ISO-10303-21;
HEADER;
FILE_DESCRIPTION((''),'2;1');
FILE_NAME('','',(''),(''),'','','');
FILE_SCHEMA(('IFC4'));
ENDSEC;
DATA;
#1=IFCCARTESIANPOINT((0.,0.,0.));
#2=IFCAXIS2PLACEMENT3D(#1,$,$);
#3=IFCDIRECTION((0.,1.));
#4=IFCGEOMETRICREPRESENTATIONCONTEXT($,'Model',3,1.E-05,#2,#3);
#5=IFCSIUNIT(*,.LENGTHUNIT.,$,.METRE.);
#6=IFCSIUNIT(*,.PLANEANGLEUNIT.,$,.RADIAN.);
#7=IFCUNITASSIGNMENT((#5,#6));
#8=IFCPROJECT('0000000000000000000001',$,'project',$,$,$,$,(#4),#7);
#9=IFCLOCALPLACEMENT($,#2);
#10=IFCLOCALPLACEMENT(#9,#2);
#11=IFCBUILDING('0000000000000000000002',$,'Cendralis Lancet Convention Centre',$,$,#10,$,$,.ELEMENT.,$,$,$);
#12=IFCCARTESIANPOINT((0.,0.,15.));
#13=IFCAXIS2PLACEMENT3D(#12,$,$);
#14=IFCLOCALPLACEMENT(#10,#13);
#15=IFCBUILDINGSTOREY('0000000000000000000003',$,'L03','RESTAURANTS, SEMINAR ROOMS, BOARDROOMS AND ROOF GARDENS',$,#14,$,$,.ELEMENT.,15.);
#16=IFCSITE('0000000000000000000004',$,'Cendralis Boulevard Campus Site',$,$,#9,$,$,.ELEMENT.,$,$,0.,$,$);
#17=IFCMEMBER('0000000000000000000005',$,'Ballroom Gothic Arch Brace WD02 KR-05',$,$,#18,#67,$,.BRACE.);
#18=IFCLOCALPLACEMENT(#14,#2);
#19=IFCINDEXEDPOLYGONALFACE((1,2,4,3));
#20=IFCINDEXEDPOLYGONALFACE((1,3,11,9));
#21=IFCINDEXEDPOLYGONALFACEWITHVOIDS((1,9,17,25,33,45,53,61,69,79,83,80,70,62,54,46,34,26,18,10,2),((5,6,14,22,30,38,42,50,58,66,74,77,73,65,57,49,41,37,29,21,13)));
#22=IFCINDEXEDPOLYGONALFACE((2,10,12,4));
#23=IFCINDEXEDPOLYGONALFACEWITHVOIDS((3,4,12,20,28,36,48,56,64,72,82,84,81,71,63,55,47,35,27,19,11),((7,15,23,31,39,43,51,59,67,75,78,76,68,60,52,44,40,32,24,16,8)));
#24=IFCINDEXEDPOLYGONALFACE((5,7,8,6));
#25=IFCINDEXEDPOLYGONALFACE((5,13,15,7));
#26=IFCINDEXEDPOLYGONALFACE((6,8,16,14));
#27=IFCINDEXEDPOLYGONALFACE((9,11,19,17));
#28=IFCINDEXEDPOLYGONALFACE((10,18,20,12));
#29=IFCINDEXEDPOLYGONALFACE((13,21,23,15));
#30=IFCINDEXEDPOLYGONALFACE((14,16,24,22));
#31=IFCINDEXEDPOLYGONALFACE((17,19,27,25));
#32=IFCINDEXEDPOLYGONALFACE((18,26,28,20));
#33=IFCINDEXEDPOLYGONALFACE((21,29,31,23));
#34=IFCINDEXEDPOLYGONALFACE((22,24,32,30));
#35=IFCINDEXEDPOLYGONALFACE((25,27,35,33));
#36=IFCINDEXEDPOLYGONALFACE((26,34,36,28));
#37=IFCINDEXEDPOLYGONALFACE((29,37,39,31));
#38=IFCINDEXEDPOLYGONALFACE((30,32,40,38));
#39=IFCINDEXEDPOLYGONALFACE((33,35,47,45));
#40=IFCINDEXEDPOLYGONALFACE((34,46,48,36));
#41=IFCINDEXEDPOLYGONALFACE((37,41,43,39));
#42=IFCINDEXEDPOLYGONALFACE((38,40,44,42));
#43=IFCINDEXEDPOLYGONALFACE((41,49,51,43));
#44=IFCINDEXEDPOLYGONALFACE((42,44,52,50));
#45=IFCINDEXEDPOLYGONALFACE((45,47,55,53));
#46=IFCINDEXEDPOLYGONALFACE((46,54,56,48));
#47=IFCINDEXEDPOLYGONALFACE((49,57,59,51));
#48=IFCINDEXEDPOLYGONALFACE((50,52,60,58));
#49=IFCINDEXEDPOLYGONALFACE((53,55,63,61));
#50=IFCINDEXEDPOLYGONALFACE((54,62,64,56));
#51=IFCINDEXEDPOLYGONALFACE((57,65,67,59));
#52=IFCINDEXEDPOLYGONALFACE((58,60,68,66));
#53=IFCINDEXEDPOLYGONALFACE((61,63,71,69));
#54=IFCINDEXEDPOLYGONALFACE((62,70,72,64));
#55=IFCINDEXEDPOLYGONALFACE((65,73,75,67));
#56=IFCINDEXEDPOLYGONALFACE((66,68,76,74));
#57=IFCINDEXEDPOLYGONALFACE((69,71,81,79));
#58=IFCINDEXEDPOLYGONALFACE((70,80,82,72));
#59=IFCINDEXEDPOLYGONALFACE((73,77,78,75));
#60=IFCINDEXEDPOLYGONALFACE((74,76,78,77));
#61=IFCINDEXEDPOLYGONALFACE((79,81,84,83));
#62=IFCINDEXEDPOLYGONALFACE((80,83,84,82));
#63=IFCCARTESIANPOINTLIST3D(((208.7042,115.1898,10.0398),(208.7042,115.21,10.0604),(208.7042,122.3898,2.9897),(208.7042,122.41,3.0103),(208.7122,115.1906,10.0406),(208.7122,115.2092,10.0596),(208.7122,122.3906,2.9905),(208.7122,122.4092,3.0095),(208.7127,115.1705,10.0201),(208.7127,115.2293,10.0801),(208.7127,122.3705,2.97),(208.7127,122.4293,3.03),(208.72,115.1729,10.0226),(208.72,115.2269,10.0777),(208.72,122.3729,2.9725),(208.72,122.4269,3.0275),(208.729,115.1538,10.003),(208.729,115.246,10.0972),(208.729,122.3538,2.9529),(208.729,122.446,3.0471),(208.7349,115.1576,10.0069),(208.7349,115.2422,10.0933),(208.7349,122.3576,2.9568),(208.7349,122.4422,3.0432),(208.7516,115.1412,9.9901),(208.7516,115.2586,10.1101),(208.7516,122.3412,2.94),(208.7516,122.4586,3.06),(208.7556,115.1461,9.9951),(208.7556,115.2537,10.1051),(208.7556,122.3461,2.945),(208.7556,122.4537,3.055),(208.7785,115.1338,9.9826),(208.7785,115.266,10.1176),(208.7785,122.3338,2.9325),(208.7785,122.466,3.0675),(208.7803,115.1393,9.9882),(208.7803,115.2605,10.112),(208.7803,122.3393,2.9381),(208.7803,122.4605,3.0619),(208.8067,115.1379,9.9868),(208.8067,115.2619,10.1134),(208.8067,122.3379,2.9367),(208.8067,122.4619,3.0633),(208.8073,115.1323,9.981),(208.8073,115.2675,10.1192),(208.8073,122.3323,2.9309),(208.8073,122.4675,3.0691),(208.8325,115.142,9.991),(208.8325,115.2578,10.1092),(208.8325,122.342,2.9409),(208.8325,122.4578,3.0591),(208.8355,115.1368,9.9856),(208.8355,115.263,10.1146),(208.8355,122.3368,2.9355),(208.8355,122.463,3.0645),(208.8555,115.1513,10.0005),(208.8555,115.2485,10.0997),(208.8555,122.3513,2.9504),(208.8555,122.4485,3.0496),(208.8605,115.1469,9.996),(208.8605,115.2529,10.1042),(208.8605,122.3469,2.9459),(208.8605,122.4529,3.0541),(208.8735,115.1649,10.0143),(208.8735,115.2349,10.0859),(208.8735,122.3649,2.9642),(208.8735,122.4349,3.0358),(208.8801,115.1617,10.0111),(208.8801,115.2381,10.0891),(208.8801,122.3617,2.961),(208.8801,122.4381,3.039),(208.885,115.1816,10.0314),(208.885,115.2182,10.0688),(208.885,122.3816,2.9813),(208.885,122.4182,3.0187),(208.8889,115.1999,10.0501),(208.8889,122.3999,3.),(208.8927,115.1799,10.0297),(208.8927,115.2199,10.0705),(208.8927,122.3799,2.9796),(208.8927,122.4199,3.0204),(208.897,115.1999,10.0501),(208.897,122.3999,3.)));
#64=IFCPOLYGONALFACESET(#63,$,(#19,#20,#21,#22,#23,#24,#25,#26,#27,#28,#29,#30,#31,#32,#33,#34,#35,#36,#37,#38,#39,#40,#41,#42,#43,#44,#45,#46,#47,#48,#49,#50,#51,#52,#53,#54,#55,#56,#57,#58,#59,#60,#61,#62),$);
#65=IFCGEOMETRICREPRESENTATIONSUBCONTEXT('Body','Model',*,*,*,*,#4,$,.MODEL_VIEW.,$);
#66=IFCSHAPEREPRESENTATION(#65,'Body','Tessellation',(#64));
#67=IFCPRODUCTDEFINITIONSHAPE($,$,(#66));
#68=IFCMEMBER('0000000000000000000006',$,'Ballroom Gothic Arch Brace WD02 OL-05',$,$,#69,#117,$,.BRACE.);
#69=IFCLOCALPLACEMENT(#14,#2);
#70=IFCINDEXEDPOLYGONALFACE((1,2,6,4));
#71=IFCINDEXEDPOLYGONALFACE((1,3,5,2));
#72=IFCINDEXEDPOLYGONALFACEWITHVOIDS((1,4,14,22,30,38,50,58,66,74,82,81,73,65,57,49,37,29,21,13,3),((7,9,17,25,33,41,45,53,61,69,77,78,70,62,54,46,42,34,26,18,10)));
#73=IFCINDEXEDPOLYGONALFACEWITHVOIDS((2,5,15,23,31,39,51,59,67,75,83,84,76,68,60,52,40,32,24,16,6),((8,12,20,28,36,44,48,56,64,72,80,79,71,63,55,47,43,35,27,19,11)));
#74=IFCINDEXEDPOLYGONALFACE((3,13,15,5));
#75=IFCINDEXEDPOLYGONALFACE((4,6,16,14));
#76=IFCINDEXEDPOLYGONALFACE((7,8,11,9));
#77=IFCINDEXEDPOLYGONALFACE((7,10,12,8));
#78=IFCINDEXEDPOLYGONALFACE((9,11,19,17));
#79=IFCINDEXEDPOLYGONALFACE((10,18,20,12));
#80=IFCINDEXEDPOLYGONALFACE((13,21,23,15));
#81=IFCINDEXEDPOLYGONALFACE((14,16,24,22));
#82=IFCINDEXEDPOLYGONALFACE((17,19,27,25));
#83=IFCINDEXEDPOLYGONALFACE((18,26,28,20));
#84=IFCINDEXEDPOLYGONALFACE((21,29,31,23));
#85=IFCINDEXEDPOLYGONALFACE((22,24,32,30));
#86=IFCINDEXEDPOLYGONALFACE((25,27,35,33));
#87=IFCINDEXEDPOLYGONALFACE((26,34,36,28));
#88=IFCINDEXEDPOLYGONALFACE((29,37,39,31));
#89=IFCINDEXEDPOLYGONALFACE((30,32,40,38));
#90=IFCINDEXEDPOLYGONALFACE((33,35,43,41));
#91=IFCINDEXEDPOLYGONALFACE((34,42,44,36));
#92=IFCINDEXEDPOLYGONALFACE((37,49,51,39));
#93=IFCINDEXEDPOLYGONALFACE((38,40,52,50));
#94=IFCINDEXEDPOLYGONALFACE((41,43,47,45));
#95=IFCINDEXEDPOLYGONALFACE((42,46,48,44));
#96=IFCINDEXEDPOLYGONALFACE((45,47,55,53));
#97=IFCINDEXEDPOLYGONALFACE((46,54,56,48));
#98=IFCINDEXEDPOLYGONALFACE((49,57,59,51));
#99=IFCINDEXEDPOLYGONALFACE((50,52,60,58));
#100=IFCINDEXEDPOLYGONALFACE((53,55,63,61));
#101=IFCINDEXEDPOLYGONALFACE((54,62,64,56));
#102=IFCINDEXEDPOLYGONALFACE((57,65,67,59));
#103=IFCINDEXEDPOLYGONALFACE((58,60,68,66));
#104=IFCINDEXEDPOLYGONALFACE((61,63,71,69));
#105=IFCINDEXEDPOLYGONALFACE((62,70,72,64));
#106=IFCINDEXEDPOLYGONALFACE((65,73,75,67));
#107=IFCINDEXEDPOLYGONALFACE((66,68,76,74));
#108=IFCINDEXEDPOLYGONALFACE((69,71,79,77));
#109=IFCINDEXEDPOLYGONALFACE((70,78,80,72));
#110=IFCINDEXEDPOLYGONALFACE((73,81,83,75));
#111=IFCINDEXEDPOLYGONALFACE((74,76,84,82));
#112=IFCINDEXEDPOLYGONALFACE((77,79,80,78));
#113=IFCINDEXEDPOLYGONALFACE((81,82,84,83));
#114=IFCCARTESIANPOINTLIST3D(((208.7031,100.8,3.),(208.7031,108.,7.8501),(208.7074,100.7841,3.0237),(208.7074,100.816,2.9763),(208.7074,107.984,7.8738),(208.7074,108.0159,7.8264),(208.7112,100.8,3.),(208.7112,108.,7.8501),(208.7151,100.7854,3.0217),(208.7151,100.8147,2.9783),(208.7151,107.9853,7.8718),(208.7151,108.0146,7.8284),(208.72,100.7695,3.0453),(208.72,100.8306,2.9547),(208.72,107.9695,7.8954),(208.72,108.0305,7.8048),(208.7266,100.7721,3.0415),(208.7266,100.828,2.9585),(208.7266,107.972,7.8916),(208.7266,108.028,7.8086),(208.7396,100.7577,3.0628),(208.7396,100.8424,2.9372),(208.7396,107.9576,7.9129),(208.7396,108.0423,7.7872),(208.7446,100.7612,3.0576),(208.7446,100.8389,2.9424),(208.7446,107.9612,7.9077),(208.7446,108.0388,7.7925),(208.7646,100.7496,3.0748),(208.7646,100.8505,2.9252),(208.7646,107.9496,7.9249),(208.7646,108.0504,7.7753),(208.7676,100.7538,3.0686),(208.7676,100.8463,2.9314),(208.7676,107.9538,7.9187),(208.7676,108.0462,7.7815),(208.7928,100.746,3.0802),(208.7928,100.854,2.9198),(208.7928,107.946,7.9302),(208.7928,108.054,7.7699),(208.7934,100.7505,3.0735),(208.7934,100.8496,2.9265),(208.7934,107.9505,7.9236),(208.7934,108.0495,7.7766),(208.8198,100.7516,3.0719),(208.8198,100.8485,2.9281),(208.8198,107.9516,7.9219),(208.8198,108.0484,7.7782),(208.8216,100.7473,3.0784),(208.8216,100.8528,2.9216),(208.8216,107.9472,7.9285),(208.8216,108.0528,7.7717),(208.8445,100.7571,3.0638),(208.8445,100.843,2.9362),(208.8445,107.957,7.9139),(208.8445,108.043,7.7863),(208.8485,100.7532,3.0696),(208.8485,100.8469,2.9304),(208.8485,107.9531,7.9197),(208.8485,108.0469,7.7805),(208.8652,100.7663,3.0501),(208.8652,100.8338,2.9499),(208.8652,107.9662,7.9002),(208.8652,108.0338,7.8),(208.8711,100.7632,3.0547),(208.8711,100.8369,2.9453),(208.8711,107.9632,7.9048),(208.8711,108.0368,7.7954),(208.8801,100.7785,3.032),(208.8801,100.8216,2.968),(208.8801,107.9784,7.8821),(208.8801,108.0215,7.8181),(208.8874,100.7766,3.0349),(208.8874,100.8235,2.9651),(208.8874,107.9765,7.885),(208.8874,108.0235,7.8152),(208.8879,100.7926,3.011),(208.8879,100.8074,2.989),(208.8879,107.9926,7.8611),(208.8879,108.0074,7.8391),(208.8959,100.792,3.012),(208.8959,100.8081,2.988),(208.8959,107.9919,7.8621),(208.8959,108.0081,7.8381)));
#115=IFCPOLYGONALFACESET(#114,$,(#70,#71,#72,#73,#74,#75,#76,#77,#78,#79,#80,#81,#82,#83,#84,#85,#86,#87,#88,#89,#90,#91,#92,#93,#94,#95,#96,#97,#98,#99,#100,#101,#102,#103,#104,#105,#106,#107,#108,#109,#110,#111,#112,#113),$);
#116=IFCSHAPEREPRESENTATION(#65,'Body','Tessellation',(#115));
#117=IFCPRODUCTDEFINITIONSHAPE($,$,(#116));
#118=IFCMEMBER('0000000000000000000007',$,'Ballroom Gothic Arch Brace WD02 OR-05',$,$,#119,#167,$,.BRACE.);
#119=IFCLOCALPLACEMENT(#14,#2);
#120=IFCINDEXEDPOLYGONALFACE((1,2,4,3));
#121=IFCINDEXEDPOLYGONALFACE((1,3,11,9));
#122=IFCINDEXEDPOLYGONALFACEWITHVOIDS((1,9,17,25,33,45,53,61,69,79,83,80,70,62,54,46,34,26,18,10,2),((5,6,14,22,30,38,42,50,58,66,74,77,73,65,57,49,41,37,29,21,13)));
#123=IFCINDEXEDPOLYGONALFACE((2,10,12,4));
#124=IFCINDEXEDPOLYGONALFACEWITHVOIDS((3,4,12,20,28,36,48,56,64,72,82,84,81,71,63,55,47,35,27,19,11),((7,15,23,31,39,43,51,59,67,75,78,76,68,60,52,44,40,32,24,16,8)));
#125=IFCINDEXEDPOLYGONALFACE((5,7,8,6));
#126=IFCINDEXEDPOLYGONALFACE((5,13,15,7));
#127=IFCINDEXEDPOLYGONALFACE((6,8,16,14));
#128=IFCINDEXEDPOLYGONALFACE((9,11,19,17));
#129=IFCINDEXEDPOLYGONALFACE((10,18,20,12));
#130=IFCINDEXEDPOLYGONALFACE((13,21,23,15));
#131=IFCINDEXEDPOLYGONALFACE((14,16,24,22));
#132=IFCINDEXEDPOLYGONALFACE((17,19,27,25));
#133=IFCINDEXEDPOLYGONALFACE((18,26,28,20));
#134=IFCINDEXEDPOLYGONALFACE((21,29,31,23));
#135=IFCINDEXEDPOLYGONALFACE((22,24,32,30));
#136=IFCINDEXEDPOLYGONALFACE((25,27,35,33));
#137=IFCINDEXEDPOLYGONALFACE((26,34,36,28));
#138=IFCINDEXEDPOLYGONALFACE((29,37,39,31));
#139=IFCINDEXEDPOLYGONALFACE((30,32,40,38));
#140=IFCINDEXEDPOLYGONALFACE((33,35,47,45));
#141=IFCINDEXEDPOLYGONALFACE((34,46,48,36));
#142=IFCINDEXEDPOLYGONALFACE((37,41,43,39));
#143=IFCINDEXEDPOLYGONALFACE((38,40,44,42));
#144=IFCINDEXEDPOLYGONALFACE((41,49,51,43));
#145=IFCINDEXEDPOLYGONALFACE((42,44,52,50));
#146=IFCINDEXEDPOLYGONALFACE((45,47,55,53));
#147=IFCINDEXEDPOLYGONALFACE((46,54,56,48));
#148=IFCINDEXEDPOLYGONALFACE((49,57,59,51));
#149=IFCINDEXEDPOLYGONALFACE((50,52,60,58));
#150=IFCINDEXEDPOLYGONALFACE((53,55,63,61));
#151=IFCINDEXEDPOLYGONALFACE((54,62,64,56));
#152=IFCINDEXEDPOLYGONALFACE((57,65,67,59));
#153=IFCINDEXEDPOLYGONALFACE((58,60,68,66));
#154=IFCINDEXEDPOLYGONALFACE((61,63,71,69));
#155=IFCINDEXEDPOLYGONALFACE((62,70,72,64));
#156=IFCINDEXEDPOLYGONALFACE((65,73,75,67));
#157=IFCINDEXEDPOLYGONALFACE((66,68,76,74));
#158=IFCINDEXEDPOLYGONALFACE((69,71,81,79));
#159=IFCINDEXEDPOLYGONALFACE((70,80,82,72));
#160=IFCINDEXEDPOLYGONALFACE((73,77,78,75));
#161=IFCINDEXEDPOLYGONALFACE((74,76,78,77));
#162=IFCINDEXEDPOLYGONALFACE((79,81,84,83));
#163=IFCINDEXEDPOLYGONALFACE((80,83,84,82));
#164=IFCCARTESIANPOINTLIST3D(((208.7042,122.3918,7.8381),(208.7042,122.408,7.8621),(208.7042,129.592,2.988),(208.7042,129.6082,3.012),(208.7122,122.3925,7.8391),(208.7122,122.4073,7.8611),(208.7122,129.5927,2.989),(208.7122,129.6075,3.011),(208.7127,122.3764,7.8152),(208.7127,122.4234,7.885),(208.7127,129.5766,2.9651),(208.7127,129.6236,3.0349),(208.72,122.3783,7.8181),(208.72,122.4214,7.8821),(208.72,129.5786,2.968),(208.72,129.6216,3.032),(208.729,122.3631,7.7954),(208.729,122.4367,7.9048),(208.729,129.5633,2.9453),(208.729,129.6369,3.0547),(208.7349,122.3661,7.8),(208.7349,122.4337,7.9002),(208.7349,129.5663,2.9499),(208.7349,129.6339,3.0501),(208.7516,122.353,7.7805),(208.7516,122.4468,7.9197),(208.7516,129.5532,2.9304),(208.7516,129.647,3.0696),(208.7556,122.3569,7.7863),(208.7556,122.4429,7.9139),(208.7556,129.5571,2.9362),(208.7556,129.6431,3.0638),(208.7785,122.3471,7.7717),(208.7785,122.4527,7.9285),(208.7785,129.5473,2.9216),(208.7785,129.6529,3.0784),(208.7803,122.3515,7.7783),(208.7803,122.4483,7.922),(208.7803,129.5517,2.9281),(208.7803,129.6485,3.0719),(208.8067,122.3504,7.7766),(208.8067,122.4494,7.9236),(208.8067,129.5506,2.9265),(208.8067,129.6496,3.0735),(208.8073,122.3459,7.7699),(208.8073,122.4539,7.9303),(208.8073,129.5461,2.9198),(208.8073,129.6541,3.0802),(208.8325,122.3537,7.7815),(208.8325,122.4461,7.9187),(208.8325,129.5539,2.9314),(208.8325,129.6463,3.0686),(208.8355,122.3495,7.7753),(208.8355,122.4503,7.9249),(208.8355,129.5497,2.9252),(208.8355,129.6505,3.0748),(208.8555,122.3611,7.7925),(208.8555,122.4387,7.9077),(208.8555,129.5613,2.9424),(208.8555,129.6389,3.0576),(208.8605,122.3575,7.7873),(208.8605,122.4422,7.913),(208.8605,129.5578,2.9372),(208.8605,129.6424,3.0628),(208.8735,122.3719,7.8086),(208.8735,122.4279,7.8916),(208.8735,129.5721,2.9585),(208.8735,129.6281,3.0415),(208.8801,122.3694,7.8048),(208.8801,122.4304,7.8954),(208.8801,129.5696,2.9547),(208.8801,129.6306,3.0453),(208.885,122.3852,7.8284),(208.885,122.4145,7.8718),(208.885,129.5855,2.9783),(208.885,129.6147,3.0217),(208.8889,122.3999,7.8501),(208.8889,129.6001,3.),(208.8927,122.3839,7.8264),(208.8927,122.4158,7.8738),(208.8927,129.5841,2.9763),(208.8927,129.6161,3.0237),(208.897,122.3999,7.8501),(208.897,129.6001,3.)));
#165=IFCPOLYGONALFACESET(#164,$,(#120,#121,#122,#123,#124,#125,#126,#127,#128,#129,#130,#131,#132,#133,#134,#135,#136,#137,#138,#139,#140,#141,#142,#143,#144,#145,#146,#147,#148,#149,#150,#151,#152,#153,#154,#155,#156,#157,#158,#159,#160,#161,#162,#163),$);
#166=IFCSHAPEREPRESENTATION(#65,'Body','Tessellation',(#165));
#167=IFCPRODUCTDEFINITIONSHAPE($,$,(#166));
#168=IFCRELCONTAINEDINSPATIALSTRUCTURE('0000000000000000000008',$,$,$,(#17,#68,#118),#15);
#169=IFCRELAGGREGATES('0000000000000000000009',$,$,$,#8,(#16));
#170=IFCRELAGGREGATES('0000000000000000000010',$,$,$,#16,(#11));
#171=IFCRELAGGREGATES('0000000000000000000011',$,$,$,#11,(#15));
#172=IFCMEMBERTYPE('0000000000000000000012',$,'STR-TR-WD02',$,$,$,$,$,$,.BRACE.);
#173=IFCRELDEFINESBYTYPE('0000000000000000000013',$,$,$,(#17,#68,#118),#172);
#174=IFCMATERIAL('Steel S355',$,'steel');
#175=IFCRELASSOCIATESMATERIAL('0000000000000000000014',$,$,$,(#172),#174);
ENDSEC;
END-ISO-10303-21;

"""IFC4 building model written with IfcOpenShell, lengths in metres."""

from ifc_helpers import new_model, si_unit, direction, frame, origin, origin_2d, place, context, subcontext, project, spatial, hollow_circle, extrude, material, material_profile, profile_set, type_object, element, save


model = new_model("IFC4")

# Units and contexts
model_context = context("Model", 3, precision=1e-05, world=origin(), true_north=direction((0.0, 1.0)))
body_context = subcontext(model_context, "Body", "Model", "MODEL_VIEW")
ifc_project = project(units=[si_unit("LENGTHUNIT", "METRE"), si_unit("PLANEANGLEUNIT", "RADIAN")], contexts=[model_context])

# Site, building, storey
site_placement = place(None, origin())
site = spatial("IfcSite", under=ifc_project, at=site_placement, Name="Cendralis Boulevard Campus Site", CompositionType="ELEMENT", RefElevation=0.0)
building_placement = place(site_placement, origin())
building = spatial("IfcBuilding", under=site, at=building_placement, Name="Cendralis Lancet Convention Centre", CompositionType="ELEMENT")
storey_placement = place(building_placement, frame((0.0, 0.0, 15.0)))
storey = spatial("IfcBuildingStorey", under=building, at=storey_placement, Name="L03", Description="RESTAURANTS, SEMINAR ROOMS, BOARDROOMS AND ROOF GARDENS", CompositionType="ELEMENT", Elevation=15.0)

# Shared definitions
ifc_material = material(Name="Steel S355", Category="steel")

# Members
ifc_material_profile_1 = material_profile(ifc_material, hollow_circle(Radius=0.0969, WallThickness=0.0081, at=origin_2d()), Name="CHS 193.7x8.0")
ifc_profile_set_1 = profile_set([ifc_material_profile_1], Name="Steel S355")
member_type_1 = type_object("IfcMemberType", Name="STR-TR-WD02", PredefinedType="BRACE", material=ifc_profile_set_1)
for number, where, z_axis, x_axis, name in (
    (1, (208.8, 122.3999, 3.0), (0.0, -0.714506, 0.69963), (1.0, 0.0, 0.0), "Ballroom Gothic Arch Brace WD02 KR-05"),
):
    element("IfcMember", number, at=place(storey_placement, frame(where, z_axis=z_axis, x_axis=x_axis)), inside=storey, type_object=member_type_1, Name=name, PredefinedType="BRACE", context=body_context, shape_type="SweptSolid", body=[
        extrude(hollow_circle(Radius=0.0969, WallThickness=0.0081, at=origin_2d()), origin(), (0.0, 0.0, 1.0), 10.0769),
    ])
member_1_placement = place(storey_placement, frame((208.8, 100.8, 3.0), z_axis=(0.0, 0.829375, 0.558692), x_axis=(-1.0, 0.0, 0.0)))
element("IfcMember", 2, at=member_1_placement, inside=storey, type_object=member_type_1, Name="Ballroom Gothic Arch Brace WD02 OL-05", PredefinedType="BRACE", context=body_context, shape_type="SweptSolid", body=[
    extrude(hollow_circle(Radius=0.0969, WallThickness=0.0081, at=origin_2d()), origin(), (0.0, 0.0, 1.0), 8.6812),
])
member_2_placement = place(storey_placement, frame((208.8, 129.6001, 3.0), z_axis=(0.0, -0.829384, 0.558679), x_axis=(1.0, 0.0, 0.0)))
element("IfcMember", 3, at=member_2_placement, inside=storey, type_object=member_type_1, Name="Ballroom Gothic Arch Brace WD02 OR-05", PredefinedType="BRACE", context=body_context, shape_type="SweptSolid", body=[
    extrude(hollow_circle(Radius=0.0969, WallThickness=0.0081, at=origin_2d()), origin(), (0.0, 0.0, 1.0), 8.6814),
])

save(model, "model.ifc")
